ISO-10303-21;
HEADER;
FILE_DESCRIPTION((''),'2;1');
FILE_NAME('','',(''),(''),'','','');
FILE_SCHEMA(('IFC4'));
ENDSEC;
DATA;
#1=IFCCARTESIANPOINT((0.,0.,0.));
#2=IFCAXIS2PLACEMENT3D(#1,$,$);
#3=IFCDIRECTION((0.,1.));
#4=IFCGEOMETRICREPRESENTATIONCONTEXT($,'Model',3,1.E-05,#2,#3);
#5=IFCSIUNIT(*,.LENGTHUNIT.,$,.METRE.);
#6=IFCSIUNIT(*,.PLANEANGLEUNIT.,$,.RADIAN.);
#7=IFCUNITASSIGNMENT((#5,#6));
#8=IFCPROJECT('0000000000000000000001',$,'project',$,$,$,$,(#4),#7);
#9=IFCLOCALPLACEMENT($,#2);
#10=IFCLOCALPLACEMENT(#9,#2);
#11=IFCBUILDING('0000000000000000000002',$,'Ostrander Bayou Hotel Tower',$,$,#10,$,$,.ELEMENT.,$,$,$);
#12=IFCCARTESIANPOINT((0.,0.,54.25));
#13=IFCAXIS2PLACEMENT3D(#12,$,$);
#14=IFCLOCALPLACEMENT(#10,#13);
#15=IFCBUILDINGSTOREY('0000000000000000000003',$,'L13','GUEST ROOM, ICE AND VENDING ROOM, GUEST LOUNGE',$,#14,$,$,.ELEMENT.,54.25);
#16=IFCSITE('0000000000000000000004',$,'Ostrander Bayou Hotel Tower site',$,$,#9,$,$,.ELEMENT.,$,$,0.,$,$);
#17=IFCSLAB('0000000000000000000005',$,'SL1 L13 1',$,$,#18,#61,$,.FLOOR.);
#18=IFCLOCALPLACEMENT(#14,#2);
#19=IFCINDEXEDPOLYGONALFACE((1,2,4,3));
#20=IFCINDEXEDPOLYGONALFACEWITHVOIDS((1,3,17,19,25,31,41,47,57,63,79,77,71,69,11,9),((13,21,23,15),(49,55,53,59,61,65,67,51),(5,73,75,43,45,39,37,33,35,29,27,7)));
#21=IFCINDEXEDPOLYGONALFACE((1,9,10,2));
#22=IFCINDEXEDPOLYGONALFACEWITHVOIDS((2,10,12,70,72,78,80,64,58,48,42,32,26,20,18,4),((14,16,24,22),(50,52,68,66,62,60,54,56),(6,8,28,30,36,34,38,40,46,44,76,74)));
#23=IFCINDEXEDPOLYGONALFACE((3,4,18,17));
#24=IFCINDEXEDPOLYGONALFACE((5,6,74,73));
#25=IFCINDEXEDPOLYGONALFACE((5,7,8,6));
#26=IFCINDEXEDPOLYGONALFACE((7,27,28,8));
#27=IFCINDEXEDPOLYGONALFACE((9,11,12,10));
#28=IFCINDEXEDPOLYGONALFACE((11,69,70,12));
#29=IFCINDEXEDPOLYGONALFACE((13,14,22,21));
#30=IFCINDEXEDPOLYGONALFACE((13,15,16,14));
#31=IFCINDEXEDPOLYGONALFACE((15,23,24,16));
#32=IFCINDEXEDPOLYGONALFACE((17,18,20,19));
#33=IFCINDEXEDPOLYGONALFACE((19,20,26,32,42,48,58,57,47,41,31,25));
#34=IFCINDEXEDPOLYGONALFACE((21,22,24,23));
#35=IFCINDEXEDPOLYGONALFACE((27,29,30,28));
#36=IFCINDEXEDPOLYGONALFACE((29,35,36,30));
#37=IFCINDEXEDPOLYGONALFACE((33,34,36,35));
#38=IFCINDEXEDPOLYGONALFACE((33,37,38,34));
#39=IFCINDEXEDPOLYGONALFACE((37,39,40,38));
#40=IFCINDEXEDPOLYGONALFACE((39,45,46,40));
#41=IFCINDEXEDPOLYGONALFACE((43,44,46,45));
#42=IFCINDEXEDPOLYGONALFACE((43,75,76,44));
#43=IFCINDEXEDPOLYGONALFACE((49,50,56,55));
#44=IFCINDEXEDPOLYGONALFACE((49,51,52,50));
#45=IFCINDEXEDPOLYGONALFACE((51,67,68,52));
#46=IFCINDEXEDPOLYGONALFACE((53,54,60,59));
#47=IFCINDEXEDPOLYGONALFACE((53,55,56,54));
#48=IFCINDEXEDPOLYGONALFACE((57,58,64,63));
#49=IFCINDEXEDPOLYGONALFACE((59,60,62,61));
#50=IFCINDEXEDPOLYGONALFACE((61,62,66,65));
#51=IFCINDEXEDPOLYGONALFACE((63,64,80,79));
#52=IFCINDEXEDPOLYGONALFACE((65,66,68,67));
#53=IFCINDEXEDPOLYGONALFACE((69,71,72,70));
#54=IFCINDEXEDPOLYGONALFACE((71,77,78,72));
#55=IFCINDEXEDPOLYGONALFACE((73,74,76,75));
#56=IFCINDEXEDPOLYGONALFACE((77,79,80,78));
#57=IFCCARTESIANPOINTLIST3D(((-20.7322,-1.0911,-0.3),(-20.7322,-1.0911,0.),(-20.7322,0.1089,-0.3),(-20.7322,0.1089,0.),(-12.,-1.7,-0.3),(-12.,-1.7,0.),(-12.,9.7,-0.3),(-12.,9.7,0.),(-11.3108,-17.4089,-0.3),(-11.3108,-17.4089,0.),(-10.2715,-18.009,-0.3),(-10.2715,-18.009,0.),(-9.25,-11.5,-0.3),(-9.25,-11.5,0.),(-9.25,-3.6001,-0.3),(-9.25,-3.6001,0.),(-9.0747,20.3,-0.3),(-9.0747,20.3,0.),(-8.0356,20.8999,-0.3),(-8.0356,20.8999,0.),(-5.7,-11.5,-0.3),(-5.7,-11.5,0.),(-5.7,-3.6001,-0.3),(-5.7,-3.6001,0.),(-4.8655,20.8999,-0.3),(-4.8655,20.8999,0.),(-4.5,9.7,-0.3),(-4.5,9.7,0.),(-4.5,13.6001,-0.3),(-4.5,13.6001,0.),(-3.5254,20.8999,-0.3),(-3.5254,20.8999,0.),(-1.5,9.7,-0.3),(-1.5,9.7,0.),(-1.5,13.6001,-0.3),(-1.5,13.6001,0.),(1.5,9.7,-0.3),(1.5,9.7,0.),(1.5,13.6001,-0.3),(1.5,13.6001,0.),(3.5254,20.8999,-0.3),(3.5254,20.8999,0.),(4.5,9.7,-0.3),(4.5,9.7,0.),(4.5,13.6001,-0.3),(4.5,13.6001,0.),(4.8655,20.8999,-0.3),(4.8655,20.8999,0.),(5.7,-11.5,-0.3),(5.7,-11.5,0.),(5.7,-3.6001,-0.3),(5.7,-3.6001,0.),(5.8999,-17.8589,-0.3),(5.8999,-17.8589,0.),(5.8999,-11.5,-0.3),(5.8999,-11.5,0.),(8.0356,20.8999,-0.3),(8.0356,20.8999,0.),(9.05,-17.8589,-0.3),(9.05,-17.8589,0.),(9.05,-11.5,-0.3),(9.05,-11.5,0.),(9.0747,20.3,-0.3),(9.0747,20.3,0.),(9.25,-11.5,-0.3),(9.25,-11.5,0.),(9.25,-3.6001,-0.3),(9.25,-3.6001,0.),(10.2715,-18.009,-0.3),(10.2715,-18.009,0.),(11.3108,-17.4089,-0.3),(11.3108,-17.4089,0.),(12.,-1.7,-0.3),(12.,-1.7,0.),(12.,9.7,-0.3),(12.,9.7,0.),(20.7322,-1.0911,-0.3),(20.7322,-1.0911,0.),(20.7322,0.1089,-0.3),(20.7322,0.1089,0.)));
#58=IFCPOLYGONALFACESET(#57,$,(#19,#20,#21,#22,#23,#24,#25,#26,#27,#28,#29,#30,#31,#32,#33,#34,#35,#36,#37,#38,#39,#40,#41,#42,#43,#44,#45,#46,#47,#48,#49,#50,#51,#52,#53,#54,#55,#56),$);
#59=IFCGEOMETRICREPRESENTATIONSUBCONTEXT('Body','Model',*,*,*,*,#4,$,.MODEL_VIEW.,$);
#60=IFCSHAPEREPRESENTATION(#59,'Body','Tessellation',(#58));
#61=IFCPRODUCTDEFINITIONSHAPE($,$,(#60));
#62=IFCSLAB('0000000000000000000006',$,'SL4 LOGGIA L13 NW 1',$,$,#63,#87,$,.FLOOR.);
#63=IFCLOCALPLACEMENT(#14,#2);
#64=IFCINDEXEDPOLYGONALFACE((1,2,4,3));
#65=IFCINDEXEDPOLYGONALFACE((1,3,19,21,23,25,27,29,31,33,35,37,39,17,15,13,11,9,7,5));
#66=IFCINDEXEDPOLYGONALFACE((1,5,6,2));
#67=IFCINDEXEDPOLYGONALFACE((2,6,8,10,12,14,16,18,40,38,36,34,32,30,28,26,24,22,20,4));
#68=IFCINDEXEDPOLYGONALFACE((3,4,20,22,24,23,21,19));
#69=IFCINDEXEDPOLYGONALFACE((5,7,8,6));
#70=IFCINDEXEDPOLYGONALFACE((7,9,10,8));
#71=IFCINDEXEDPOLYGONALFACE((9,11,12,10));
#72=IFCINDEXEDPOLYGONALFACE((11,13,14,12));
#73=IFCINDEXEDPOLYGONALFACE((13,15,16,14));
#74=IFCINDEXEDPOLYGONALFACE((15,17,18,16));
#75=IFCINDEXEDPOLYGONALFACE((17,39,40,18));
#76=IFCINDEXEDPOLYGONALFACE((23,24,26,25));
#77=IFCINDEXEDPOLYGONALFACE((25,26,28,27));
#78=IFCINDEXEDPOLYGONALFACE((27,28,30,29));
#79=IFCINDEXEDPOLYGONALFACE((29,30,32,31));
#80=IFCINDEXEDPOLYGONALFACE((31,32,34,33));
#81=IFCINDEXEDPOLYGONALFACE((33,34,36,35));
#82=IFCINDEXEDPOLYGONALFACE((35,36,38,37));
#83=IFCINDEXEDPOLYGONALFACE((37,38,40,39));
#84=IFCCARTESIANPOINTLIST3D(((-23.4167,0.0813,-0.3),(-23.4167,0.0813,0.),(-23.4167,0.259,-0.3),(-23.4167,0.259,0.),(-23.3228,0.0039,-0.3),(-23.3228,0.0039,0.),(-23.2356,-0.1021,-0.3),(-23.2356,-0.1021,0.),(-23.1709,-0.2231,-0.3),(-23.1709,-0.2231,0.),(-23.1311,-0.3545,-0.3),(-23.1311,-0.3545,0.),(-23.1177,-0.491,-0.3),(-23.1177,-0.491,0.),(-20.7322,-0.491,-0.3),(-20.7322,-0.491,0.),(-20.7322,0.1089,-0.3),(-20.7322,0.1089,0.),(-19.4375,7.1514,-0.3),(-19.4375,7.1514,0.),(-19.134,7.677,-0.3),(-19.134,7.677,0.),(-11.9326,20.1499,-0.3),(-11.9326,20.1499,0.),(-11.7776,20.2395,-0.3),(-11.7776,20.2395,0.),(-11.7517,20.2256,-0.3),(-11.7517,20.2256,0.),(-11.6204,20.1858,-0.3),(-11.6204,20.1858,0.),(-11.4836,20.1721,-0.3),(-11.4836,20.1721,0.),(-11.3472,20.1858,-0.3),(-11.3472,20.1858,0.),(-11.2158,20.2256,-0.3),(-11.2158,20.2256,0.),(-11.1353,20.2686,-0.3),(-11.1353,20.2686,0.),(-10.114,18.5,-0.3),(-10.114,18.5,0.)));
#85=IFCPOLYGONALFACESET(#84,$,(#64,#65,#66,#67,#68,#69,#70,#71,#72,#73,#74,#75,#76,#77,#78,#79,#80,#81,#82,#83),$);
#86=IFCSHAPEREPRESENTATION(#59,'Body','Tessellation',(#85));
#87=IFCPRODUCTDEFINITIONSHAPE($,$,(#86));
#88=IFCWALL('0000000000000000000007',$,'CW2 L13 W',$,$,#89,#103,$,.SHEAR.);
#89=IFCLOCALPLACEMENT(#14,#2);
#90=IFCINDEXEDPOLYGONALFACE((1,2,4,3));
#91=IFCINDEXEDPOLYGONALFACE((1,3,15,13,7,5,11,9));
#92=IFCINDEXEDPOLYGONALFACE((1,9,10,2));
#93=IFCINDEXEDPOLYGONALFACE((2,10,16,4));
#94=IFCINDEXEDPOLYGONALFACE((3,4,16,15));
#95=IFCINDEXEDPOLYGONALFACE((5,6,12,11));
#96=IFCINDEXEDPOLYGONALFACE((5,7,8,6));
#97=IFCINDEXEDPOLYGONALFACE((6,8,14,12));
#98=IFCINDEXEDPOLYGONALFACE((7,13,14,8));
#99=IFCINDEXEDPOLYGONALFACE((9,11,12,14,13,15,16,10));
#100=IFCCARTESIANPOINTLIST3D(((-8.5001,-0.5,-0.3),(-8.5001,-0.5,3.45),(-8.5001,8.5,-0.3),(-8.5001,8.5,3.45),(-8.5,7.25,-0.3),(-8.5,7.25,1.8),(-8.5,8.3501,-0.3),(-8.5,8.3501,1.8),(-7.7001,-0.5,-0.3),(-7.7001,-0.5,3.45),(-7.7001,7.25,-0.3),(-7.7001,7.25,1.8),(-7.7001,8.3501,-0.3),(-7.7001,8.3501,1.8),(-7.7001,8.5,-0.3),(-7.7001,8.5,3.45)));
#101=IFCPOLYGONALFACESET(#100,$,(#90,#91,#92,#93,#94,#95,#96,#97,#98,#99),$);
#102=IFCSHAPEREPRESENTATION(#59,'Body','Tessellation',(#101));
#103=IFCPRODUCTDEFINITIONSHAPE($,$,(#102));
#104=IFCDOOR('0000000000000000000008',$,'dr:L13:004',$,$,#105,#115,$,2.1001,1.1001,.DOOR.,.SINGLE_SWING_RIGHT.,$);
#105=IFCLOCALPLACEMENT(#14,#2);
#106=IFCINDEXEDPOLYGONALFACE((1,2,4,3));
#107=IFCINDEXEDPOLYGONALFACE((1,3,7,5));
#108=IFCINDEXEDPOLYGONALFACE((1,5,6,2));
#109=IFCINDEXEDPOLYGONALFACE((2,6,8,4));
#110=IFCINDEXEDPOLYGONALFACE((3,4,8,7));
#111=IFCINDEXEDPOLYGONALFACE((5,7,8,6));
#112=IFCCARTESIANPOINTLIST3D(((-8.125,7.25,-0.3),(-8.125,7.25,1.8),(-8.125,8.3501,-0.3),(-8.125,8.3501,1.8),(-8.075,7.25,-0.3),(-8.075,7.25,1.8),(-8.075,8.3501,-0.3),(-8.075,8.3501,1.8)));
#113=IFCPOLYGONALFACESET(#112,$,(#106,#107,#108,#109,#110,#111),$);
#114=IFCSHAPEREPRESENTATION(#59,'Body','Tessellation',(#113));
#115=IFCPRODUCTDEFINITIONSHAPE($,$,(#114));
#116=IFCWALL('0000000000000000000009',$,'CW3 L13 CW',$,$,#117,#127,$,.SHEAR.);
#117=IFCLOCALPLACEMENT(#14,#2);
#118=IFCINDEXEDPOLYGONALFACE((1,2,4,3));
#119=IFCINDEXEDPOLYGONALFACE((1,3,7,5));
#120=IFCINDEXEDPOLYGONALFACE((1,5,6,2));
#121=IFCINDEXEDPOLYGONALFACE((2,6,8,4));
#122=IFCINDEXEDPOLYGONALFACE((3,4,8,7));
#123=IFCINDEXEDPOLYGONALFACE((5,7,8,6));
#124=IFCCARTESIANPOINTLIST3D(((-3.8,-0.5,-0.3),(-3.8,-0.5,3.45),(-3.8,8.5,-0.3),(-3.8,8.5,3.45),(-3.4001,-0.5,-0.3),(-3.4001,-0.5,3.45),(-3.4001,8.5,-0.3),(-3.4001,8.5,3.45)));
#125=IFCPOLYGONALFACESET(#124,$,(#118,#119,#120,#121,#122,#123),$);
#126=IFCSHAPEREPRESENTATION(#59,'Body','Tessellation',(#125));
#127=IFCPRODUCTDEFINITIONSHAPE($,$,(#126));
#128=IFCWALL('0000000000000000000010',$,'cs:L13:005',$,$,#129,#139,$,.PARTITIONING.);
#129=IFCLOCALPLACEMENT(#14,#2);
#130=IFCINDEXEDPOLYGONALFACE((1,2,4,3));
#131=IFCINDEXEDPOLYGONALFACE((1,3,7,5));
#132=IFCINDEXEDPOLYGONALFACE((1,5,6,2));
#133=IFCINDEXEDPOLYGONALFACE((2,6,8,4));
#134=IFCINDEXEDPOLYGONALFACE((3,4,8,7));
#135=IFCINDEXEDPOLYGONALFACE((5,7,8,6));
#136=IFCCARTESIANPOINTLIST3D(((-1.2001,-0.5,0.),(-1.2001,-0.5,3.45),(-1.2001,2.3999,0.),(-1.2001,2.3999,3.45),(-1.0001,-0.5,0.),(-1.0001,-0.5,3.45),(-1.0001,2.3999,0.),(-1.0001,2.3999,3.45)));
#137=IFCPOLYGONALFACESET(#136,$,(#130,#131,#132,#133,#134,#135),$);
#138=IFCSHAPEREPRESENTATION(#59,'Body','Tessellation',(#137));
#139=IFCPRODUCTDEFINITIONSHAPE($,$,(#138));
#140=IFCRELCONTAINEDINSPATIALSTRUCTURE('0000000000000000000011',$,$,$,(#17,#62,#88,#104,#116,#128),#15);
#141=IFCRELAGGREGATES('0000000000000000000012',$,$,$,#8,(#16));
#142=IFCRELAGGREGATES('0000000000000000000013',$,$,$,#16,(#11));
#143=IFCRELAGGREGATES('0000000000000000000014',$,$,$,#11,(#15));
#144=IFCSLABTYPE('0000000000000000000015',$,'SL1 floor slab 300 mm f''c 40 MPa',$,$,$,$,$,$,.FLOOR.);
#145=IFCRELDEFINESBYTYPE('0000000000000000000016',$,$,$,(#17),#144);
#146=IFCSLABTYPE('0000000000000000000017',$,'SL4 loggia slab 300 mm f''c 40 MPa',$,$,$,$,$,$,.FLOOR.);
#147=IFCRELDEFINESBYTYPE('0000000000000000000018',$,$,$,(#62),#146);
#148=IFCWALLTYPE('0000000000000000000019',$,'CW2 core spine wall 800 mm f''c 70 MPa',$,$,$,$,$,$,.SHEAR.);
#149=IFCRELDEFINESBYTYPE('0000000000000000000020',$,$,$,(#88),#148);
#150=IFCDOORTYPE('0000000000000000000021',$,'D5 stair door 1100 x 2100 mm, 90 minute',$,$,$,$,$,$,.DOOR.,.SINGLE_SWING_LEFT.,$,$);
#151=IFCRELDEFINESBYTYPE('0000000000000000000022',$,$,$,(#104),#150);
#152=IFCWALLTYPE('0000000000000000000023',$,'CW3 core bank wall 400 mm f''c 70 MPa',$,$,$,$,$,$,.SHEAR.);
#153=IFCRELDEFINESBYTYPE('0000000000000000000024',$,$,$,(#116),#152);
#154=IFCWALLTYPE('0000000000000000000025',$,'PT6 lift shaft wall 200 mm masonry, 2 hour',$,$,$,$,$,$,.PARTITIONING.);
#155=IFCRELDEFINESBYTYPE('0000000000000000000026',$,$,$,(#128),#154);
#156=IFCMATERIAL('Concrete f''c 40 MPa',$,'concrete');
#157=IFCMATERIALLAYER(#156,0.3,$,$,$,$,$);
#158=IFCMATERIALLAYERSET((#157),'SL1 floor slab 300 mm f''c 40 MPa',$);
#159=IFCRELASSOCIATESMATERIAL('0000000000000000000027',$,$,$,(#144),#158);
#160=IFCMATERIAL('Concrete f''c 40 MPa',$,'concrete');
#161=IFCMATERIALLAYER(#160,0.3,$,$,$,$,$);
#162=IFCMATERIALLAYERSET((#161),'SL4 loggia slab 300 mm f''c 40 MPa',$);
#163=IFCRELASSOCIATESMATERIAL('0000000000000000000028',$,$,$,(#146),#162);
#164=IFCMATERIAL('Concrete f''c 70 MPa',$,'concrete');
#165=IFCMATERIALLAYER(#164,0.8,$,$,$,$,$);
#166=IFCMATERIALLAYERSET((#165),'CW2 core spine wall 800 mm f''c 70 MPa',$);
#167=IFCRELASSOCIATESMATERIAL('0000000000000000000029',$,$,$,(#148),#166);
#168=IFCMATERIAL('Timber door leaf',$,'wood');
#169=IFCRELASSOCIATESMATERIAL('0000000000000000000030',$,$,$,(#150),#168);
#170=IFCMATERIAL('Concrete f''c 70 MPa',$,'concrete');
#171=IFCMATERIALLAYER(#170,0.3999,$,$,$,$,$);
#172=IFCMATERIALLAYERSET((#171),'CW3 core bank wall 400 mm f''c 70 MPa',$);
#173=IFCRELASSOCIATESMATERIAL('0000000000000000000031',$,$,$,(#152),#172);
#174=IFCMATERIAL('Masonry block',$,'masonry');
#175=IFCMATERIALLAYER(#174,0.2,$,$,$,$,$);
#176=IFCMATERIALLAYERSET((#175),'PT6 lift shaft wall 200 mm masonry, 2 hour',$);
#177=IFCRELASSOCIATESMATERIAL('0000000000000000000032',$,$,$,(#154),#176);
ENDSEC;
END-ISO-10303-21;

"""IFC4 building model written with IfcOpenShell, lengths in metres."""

from ifc_helpers import new_model, si_unit, direction, frame, frame_2d, origin, place, context, subcontext, project, spatial, polyline, rectangle, outline, extrude, material, layer, layer_set, type_object, element, fill, save


model = new_model("IFC4")

# Units and contexts
model_context = context("Model", 3, precision=1e-05, world=origin(), true_north=direction((0.0, 1.0)))
body_context = subcontext(model_context, "Body", "Model", "MODEL_VIEW")
ifc_project = project(units=[si_unit("LENGTHUNIT", "METRE"), si_unit("PLANEANGLEUNIT", "RADIAN")], contexts=[model_context])

# Site, building, storey
site_placement = place(None, origin())
site = spatial("IfcSite", under=ifc_project, at=site_placement, Name="Ostrander Bayou Hotel Tower site", CompositionType="ELEMENT", RefElevation=0.0)
building_placement = place(site_placement, origin())
building = spatial("IfcBuilding", under=site, at=building_placement, Name="Ostrander Bayou Hotel Tower", CompositionType="ELEMENT")
storey_placement = place(building_placement, frame((0.0, 0.0, 54.25)))
storey = spatial("IfcBuildingStorey", under=building, at=storey_placement, Name="L13", Description="GUEST ROOM, ICE AND VENDING ROOM, GUEST LOUNGE", CompositionType="ELEMENT", Elevation=54.25)

# Slabs
ifc_material_1 = material(Name="Concrete f'c 40 MPa", Category="concrete")
ifc_layer_1 = layer(ifc_material_1, 0.3)
ifc_layer_set_1 = layer_set([ifc_layer_1], Name="SL1 floor slab 300 mm f'c 40 MPa")
slab_type_1 = type_object("IfcSlabType", Name="SL1 floor slab 300 mm f'c 40 MPa", PredefinedType="FLOOR", material=ifc_layer_set_1)
slab_1_placement = place(storey_placement, frame((0.0, 0.0, -0.3)))
element("IfcSlab", 1, at=slab_1_placement, inside=storey, type_object=slab_type_1, Name="SL1 L13 1", PredefinedType="FLOOR", context=body_context, shape_type="SweptSolid", body=[
    extrude(outline(polyline([(-3.5254, 20.8999), (3.5254, 20.8999), (4.8655, 20.8999), (8.0356, 20.8999), (9.0747, 20.3), (20.7322, 0.1089), (20.7322, -1.0911), (11.3108, -17.4089), (10.2715, -18.009), (-10.2715, -18.009), (-11.3108, -17.4089), (-20.7322, -1.0911), (-20.7322, 0.1089), (-9.0747, 20.3), (-8.0356, 20.8999), (-4.8655, 20.8999), (-3.5254, 20.8999)]), holes=[polyline([(-12.0, -1.7), (12.0, -1.7), (12.0, 9.7), (4.5, 9.7), (4.5, 13.6001), (1.5, 13.6001), (1.5, 9.7), (-1.5, 9.7), (-1.5, 13.6001), (-4.5, 13.6001), (-4.5, 9.7), (-12.0, 9.7), (-12.0, -1.7)]), polyline([(9.05, -11.5), (9.25, -11.5), (9.25, -3.6001), (5.7, -3.6001), (5.7, -11.5), (5.8999, -11.5), (5.8999, -17.8589), (9.05, -17.8589), (9.05, -11.5)]), polyline([(-5.7, -3.6001), (-9.25, -3.6001), (-9.25, -11.5), (-5.7, -11.5), (-5.7, -3.6001)])]), origin(), (0.0, 0.0, 1.0), 0.3),
])
ifc_material_2 = material(Name="Concrete f'c 40 MPa", Category="concrete")
ifc_layer_2 = layer(ifc_material_2, 0.3)
ifc_layer_set_2 = layer_set([ifc_layer_2], Name="SL4 loggia slab 300 mm f'c 40 MPa")
slab_type_2 = type_object("IfcSlabType", Name="SL4 loggia slab 300 mm f'c 40 MPa", PredefinedType="FLOOR", material=ifc_layer_set_2)
slab_2_placement = place(storey_placement, frame((0.0, 0.0, -0.3)))
element("IfcSlab", 2, at=slab_2_placement, inside=storey, type_object=slab_type_2, Name="SL4 LOGGIA L13 NW 1", PredefinedType="FLOOR", context=body_context, shape_type="SweptSolid", body=[
    extrude(outline(polyline([(-23.1177, -0.491), (-23.1311, -0.3545), (-23.1709, -0.2231), (-23.2356, -0.1021), (-23.3228, 0.0039), (-23.4167, 0.0813), (-23.4167, 0.259), (-19.4375, 7.1514), (-19.134, 7.677), (-11.9326, 20.1499), (-11.7776, 20.2395), (-11.7517, 20.2256), (-11.6204, 20.1858), (-11.4836, 20.1721), (-11.3472, 20.1858), (-11.2158, 20.2256), (-11.1353, 20.2686), (-10.114, 18.5), (-20.7322, 0.1089), (-20.7322, -0.491), (-23.1177, -0.491)])), origin(), (0.0, 0.0, 1.0), 0.3),
])

# Wall, opening, door
ifc_material_3 = material(Name="Concrete f'c 70 MPa", Category="concrete")
ifc_layer_3 = layer(ifc_material_3, 0.8)
ifc_layer_set_3 = layer_set([ifc_layer_3], Name="CW2 core spine wall 800 mm f'c 70 MPa")
wall_type_1 = type_object("IfcWallType", Name="CW2 core spine wall 800 mm f'c 70 MPa", PredefinedType="SHEAR", material=ifc_layer_set_3)
wall_1_placement = place(storey_placement, frame((-8.1001, -0.5, -0.3), z_axis=(0.0, 0.0, 1.0), x_axis=(0.0, 1.0, 0.0)))
wall_1 = element("IfcWall", 3, at=wall_1_placement, inside=storey, type_object=wall_type_1, Name="CW2 L13 W", PredefinedType="SHEAR", context=body_context, shape_type="SweptSolid", body=[
    extrude(rectangle(XDim=9.0, YDim=0.8, at=frame_2d((4.5, 0.0))), origin(), (0.0, 0.0, 1.0), 3.75),
])
opening_1_placement = place(wall_1_placement, frame((7.75, 0.0, 0.0)))
opening_1 = element("IfcOpeningElement", 4, at=opening_1_placement, cuts=wall_1, PredefinedType="OPENING", context=body_context, shape_type="SweptSolid", body=[
    extrude(rectangle(XDim=1.1001, YDim=2.1001, at=frame_2d((0.55, 1.05))), frame((0.0, 0.3999, 0.0), z_axis=(0.0, -1.0, 0.0), x_axis=(1.0, 0.0, 0.0)), (0.0, 0.0, 1.0), 0.8),
])
ifc_material_4 = material(Name="Timber door leaf", Category="wood")
door_type_1 = type_object("IfcDoorType", Name="D5 stair door 1100 x 2100 mm, 90 minute", OperationType="SINGLE_SWING_LEFT", PredefinedType="DOOR", material=ifc_material_4)
door_1_placement = place(opening_1_placement, origin())
door_1 = element("IfcDoor", 5, at=door_1_placement, inside=storey, type_object=door_type_1, Name="dr:L13:004", OperationType="SINGLE_SWING_RIGHT", OverallHeight=2.1001, OverallWidth=1.1001, PredefinedType="DOOR", context=body_context, shape_type="SweptSolid", body=[
    extrude(rectangle(XDim=1.1001, YDim=2.1001, at=frame_2d((0.55, 1.05))), frame((0.0, 0.0249, 0.0), z_axis=(0.0, -1.0, 0.0), x_axis=(1.0, 0.0, 0.0)), (0.0, 0.0, 1.0), 0.05),
])
fill(opening_1, door_1)

# Walls
ifc_material_5 = material(Name="Concrete f'c 70 MPa", Category="concrete")
ifc_layer_4 = layer(ifc_material_5, 0.3999)
ifc_layer_set_4 = layer_set([ifc_layer_4], Name="CW3 core bank wall 400 mm f'c 70 MPa")
wall_type_2 = type_object("IfcWallType", Name="CW3 core bank wall 400 mm f'c 70 MPa", PredefinedType="SHEAR", material=ifc_layer_set_4)
wall_2_placement = place(storey_placement, frame((-3.6001, -0.5, -0.3), z_axis=(0.0, 0.0, 1.0), x_axis=(0.0, 1.0, 0.0)))
element("IfcWall", 6, at=wall_2_placement, inside=storey, type_object=wall_type_2, Name="CW3 L13 CW", PredefinedType="SHEAR", context=body_context, shape_type="SweptSolid", body=[
    extrude(rectangle(XDim=9.0, YDim=0.3999, at=frame_2d((4.5, 0.0))), origin(), (0.0, 0.0, 1.0), 3.75),
])
ifc_material_6 = material(Name="Masonry block", Category="masonry")
ifc_layer_5 = layer(ifc_material_6, 0.2)
ifc_layer_set_5 = layer_set([ifc_layer_5], Name="PT6 lift shaft wall 200 mm masonry, 2 hour")
wall_type_3 = type_object("IfcWallType", Name="PT6 lift shaft wall 200 mm masonry, 2 hour", PredefinedType="PARTITIONING", material=ifc_layer_set_5)
wall_3_placement = place(storey_placement, frame((-1.1001, -0.5, 0.0), z_axis=(0.0, 0.0, 1.0), x_axis=(0.0, 1.0, 0.0)))
element("IfcWall", 7, at=wall_3_placement, inside=storey, type_object=wall_type_3, Name="cs:L13:005", PredefinedType="PARTITIONING", context=body_context, shape_type="SweptSolid", body=[
    extrude(rectangle(XDim=2.8999, YDim=0.2, at=frame_2d((1.45, 0.0))), origin(), (0.0, 0.0, 1.0), 3.45),
])

save(model, "model.ifc")
